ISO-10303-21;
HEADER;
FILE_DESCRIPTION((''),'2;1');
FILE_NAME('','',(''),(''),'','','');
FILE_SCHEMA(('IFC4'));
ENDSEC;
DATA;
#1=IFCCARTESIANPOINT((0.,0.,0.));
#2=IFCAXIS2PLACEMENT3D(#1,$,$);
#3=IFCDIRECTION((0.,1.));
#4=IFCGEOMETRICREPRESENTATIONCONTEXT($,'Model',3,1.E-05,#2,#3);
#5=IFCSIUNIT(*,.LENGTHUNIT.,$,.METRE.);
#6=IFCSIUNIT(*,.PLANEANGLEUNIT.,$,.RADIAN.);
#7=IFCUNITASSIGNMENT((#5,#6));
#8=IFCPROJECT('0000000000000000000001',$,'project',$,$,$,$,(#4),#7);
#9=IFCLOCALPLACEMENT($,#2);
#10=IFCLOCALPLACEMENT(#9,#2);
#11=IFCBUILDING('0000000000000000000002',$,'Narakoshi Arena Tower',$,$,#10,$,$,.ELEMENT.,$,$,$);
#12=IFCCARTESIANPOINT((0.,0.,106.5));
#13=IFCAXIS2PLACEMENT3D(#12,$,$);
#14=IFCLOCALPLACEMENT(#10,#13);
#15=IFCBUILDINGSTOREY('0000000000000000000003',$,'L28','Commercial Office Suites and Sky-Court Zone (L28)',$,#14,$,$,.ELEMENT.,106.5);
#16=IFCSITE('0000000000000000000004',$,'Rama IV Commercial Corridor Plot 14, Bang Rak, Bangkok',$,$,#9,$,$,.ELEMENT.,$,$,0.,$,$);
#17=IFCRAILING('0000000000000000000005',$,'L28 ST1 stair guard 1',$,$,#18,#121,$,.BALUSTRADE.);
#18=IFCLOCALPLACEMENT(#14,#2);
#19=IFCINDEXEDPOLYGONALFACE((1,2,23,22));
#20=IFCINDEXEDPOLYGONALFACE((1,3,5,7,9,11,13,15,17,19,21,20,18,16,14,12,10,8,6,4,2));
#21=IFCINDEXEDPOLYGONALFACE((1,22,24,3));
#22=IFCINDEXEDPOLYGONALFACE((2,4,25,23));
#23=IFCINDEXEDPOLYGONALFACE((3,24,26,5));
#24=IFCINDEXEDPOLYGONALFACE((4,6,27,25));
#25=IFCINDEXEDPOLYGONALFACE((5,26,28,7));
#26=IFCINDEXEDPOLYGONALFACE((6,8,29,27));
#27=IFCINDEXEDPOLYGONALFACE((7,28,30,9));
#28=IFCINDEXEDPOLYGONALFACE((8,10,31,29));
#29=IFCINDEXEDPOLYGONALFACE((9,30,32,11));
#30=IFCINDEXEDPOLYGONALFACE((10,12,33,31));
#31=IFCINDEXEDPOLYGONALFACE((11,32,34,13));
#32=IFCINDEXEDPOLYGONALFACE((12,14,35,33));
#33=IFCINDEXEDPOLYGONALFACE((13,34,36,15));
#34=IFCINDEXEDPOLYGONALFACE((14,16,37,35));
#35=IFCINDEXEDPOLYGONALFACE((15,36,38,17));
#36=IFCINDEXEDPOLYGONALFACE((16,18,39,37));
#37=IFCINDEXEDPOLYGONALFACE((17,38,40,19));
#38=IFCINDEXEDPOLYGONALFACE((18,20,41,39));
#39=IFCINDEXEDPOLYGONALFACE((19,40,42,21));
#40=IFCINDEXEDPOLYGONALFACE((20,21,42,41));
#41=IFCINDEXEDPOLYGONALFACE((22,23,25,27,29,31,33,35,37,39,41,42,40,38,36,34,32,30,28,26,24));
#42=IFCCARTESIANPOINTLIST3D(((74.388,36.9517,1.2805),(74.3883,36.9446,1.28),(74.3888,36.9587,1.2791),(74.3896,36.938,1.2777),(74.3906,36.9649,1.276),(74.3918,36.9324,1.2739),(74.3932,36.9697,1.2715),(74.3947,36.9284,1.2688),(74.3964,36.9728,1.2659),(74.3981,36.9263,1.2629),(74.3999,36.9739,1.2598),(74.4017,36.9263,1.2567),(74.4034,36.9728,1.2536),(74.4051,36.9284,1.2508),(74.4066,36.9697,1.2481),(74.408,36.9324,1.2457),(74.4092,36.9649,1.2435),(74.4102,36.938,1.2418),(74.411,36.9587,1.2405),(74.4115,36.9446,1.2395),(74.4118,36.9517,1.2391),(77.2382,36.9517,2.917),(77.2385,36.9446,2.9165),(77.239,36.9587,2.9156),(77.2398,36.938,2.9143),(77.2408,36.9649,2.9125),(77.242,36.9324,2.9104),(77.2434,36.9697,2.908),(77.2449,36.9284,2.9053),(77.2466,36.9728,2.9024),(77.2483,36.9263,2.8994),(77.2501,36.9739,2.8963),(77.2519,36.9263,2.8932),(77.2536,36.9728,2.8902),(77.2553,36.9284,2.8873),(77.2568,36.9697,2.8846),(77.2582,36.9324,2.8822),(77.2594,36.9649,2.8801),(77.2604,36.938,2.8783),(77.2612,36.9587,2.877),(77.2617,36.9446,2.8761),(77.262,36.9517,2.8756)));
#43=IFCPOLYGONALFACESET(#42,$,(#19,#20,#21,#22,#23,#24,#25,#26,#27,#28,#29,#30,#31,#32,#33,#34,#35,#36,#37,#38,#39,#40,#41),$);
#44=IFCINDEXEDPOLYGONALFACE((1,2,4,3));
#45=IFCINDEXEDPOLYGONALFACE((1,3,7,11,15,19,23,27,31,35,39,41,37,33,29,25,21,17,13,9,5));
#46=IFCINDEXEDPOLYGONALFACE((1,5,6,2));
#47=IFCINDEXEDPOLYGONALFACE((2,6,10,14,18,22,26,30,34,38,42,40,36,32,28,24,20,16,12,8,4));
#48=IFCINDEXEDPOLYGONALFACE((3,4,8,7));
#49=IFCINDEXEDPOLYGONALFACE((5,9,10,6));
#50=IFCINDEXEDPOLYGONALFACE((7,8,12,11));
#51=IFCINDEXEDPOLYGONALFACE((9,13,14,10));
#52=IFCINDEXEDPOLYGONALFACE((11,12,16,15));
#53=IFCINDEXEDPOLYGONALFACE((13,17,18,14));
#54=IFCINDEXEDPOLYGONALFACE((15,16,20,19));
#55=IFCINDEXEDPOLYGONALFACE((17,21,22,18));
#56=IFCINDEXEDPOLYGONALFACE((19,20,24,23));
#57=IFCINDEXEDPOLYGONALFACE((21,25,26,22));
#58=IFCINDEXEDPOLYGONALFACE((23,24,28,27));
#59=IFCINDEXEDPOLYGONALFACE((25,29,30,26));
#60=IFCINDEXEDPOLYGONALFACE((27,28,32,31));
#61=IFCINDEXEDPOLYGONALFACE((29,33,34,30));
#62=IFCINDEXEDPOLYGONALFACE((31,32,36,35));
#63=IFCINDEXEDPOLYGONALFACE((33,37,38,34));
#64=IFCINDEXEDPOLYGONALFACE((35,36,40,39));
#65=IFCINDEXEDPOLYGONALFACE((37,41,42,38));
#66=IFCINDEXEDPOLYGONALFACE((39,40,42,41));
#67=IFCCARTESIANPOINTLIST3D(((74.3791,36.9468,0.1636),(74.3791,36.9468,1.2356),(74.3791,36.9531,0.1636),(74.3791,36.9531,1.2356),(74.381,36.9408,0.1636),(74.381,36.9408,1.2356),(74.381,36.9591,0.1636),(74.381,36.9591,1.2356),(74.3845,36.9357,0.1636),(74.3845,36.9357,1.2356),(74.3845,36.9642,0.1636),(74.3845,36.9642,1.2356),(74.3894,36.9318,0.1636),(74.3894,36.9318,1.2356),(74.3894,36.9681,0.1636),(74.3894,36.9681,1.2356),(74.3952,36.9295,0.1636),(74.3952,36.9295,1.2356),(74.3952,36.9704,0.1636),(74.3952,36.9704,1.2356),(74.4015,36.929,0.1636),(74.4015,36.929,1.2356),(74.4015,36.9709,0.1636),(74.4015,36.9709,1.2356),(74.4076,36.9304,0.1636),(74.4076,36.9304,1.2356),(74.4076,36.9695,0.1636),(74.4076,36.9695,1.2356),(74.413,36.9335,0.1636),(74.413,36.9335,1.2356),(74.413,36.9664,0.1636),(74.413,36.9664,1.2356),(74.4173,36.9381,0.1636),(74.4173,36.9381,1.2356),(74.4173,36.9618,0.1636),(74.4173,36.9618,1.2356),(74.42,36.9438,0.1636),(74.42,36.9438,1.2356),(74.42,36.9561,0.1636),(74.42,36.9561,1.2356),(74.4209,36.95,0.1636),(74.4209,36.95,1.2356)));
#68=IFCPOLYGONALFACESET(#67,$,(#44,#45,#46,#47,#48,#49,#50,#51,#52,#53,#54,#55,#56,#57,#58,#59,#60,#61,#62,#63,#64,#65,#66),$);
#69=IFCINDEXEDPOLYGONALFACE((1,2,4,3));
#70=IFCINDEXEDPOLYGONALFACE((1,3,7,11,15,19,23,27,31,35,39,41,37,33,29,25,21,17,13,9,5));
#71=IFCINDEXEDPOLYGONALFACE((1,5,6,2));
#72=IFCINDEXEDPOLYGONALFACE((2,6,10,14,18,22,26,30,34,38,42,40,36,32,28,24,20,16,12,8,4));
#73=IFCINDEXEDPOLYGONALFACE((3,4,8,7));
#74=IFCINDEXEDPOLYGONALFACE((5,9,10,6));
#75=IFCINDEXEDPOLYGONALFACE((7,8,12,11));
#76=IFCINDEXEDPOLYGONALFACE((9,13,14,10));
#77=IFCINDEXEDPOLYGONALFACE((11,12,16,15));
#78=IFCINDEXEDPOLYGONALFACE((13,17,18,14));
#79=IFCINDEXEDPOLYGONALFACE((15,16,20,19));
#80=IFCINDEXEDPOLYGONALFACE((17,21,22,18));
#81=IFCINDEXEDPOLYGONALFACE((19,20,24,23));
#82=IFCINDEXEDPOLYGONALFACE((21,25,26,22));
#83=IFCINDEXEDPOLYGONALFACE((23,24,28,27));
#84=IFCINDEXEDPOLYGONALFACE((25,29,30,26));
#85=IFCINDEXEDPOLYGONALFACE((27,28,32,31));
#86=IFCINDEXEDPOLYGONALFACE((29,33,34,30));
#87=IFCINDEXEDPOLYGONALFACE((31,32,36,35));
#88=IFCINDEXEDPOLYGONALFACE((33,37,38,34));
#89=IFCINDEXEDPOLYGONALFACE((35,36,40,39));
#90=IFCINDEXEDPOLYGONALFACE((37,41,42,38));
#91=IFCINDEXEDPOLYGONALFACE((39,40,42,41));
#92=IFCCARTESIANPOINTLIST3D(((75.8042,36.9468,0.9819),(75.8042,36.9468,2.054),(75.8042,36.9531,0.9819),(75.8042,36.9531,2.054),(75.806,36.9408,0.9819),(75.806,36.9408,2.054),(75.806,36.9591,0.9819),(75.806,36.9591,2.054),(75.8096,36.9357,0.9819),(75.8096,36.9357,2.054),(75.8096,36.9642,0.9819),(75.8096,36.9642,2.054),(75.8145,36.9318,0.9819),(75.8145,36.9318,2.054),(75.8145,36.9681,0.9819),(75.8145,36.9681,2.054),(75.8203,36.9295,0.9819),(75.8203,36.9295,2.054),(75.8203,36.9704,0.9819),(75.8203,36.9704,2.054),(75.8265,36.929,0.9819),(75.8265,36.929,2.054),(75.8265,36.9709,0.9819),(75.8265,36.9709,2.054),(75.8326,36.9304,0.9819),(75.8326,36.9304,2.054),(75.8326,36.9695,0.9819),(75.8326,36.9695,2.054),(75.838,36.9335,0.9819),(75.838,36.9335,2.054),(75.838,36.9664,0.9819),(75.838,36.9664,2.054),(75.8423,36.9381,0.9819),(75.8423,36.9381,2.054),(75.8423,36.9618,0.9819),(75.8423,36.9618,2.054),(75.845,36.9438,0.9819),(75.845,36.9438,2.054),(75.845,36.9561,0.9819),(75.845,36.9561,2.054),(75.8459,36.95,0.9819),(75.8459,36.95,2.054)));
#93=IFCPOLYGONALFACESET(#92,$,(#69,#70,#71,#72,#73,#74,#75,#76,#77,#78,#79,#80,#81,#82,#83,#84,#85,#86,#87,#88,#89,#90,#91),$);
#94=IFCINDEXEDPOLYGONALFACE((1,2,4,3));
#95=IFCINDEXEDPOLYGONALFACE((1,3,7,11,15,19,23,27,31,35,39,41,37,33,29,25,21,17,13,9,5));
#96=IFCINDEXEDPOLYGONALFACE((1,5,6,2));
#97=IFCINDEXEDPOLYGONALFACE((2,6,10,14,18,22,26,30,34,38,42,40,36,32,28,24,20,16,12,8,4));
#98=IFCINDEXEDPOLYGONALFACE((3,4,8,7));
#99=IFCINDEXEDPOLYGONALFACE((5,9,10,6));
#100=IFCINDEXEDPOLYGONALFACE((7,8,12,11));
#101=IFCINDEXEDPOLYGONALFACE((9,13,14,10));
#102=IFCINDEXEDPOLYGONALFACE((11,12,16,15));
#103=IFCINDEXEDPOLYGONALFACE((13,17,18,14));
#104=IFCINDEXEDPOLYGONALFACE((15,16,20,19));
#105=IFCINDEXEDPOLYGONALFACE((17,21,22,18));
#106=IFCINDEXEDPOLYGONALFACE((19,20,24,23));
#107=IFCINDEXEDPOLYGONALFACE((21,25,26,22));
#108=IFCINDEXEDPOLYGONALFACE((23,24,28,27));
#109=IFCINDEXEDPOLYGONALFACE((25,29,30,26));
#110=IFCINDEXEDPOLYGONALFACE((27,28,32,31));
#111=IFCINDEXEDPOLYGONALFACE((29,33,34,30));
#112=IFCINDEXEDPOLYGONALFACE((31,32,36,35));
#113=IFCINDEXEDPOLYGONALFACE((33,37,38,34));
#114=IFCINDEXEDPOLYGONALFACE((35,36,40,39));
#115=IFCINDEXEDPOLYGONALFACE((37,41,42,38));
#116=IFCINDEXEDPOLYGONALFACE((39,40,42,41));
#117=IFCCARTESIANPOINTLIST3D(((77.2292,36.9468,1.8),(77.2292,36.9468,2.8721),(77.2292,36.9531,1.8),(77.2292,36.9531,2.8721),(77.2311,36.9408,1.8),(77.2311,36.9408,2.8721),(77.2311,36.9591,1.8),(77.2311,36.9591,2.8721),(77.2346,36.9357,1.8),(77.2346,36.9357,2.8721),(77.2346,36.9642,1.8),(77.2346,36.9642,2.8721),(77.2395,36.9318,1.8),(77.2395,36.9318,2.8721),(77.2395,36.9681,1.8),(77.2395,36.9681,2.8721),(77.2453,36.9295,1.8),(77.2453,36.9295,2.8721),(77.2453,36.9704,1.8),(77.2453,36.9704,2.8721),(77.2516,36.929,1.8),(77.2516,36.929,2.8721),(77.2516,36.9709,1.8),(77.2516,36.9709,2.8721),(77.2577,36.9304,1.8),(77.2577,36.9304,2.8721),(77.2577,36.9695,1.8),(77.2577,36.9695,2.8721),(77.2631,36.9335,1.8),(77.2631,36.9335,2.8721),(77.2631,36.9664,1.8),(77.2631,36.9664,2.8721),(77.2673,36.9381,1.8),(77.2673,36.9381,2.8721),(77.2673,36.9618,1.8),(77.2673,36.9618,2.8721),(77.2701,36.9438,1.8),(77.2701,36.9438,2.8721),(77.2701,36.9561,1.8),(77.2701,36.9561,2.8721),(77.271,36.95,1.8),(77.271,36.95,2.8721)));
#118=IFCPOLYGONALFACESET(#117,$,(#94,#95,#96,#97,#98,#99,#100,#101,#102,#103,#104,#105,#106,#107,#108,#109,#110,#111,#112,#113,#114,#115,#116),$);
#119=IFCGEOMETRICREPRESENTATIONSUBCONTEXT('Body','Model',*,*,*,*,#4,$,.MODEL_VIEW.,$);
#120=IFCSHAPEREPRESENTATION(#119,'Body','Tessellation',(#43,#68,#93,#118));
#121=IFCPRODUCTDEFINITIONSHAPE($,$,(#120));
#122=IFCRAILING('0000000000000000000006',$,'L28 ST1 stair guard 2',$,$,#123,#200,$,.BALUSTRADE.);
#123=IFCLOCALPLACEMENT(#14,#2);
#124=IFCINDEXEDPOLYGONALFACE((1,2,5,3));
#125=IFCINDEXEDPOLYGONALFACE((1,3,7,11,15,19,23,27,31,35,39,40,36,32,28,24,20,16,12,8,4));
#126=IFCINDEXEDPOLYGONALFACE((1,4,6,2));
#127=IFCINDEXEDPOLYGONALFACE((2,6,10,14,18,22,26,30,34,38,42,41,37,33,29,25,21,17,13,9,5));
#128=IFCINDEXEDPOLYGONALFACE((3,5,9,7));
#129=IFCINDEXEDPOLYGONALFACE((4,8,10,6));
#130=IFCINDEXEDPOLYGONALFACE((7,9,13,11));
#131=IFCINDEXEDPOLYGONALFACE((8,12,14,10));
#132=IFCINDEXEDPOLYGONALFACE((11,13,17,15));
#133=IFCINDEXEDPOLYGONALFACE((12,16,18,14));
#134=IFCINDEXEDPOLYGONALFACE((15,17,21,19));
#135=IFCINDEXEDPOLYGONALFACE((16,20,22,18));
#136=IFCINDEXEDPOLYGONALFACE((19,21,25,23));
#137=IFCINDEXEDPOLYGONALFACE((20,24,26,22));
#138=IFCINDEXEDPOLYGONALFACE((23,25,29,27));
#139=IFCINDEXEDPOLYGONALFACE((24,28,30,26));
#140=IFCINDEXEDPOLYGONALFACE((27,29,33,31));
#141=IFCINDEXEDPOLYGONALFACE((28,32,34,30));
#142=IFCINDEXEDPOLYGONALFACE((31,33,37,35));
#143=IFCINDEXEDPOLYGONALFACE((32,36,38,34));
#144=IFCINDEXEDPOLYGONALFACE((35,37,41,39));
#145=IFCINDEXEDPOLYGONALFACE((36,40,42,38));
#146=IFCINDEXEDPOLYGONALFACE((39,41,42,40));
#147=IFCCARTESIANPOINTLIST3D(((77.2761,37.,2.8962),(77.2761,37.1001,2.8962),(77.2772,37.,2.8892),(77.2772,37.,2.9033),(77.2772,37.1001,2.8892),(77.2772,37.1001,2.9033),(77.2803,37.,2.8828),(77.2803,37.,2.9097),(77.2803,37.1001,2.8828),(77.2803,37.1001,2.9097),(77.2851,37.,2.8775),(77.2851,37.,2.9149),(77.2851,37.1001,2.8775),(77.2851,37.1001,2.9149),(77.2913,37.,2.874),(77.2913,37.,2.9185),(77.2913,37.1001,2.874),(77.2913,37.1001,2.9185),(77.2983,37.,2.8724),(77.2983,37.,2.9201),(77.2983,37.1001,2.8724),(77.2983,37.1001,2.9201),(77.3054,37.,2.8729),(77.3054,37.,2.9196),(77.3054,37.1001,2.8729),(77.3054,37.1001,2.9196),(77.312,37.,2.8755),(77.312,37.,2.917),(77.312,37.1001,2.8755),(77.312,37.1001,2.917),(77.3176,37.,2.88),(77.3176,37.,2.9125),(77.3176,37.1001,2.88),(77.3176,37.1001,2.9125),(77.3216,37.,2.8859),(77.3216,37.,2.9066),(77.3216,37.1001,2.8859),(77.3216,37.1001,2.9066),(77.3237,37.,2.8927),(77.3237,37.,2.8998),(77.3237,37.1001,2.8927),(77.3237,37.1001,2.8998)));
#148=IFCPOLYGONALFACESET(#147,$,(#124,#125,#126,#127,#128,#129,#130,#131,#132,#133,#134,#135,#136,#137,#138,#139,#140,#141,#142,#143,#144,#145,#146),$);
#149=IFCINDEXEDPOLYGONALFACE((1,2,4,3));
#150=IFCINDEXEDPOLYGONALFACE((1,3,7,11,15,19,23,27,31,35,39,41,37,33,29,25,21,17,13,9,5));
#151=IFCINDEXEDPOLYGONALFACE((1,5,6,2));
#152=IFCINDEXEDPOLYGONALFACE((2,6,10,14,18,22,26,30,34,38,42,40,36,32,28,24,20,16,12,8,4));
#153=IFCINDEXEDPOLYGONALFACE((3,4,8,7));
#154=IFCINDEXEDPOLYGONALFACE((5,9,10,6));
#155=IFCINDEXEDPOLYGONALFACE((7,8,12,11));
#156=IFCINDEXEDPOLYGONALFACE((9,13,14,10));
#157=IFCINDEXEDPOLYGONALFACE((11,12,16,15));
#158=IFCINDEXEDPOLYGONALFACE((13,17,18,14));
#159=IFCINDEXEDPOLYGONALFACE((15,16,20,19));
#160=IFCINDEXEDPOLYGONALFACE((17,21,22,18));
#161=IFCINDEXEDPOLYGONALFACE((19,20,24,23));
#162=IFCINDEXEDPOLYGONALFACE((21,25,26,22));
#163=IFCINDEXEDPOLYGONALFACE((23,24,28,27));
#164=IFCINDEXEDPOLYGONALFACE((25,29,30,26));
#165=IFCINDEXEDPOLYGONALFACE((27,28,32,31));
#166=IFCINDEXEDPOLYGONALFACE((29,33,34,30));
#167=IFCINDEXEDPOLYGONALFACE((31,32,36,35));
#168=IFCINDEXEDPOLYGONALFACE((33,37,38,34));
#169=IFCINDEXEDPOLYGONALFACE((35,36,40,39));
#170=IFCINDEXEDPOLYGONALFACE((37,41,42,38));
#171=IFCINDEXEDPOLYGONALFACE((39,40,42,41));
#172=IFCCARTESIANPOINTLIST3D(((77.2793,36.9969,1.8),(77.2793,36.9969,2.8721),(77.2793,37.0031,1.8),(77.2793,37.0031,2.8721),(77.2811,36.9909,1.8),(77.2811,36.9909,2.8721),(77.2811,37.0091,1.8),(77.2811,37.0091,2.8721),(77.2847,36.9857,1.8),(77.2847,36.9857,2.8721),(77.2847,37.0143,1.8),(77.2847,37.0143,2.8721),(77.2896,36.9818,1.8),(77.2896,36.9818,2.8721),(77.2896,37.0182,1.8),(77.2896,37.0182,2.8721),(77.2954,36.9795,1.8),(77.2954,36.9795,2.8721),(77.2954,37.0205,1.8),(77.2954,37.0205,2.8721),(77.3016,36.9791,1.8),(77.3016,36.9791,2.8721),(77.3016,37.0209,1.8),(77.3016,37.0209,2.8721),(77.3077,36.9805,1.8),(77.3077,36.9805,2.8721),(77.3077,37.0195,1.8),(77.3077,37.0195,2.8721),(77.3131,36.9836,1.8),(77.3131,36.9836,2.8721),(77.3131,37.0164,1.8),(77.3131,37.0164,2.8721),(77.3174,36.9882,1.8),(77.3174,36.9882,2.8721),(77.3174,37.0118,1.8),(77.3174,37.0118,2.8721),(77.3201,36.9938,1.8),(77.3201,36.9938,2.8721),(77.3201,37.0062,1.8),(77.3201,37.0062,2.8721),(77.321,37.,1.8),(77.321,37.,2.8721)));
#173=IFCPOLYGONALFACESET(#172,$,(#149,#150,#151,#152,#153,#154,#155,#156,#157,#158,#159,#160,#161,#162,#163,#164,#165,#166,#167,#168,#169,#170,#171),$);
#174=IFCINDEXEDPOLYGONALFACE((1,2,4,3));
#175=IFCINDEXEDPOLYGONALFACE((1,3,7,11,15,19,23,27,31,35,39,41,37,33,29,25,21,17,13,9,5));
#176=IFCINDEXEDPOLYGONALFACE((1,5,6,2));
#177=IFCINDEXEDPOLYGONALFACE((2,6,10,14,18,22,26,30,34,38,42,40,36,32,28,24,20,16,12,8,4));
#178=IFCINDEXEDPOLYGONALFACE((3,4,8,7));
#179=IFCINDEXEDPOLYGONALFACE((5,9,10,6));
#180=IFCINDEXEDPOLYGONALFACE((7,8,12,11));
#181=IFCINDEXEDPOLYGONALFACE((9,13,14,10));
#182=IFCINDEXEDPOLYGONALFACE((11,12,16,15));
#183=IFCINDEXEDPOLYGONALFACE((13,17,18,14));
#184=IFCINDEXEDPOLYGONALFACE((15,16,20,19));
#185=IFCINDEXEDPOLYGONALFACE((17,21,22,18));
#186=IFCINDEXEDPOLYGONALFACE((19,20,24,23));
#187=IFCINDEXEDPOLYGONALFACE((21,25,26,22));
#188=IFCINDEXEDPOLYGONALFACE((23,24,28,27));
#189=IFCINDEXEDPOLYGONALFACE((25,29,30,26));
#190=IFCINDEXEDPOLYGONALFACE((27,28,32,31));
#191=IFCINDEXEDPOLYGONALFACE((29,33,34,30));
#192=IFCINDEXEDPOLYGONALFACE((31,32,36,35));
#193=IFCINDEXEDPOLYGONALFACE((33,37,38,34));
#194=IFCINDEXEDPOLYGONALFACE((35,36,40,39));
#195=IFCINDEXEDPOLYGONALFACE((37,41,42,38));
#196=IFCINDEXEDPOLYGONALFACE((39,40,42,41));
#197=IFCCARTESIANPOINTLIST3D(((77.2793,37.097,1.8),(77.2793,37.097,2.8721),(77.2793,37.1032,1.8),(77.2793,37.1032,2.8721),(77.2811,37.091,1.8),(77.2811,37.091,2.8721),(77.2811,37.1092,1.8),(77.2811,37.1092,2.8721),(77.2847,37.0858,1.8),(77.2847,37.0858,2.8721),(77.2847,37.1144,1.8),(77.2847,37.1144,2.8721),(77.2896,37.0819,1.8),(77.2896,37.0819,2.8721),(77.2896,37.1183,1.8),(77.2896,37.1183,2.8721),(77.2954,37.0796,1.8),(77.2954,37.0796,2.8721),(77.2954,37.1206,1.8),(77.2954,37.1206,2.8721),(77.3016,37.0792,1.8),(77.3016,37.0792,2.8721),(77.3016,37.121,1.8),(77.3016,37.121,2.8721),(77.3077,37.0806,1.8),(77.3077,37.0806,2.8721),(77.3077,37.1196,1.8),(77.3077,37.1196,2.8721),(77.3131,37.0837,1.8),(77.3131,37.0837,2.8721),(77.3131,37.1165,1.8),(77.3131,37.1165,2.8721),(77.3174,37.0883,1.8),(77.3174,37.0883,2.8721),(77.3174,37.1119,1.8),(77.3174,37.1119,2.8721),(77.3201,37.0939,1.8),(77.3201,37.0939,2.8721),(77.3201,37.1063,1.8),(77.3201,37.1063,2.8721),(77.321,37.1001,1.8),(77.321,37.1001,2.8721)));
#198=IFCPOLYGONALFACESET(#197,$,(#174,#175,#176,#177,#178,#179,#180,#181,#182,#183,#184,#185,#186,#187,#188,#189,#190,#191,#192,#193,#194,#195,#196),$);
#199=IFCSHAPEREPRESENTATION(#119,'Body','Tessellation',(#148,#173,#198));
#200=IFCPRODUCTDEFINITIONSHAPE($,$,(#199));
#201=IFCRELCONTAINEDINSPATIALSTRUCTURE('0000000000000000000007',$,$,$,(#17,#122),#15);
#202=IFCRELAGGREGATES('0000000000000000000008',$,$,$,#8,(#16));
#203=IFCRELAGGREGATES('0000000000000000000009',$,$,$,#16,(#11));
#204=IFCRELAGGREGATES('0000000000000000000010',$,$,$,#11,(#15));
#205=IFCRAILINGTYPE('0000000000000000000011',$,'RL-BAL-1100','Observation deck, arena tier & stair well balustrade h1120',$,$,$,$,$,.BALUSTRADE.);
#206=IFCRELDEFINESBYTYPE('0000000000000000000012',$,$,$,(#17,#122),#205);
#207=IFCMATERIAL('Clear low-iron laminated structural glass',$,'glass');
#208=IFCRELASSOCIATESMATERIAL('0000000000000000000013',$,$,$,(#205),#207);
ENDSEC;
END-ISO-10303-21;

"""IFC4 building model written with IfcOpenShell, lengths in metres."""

from ifc_helpers import new_model, si_unit, direction, frame, origin, origin_2d, place, context, subcontext, project, spatial, circle, extrude, material, type_object, element, save


model = new_model("IFC4")

# Units and contexts
model_context = context("Model", 3, precision=1e-05, world=origin(), true_north=direction((0.0, 1.0)))
body_context = subcontext(model_context, "Body", "Model", "MODEL_VIEW")
ifc_project = project(units=[si_unit("LENGTHUNIT", "METRE"), si_unit("PLANEANGLEUNIT", "RADIAN")], contexts=[model_context])

# Site, building, storey
site_placement = place(None, origin())
site = spatial("IfcSite", under=ifc_project, at=site_placement, Name="Rama IV Commercial Corridor Plot 14, Bang Rak, Bangkok", CompositionType="ELEMENT", RefElevation=0.0)
building_placement = place(site_placement, origin())
building = spatial("IfcBuilding", under=site, at=building_placement, Name="Narakoshi Arena Tower", CompositionType="ELEMENT")
storey_placement = place(building_placement, frame((0.0, 0.0, 106.5)))
storey = spatial("IfcBuildingStorey", under=building, at=storey_placement, Name="L28", Description="Commercial Office Suites and Sky-Court Zone (L28)", CompositionType="ELEMENT", Elevation=106.5)

# Railings
ifc_material_1 = material(Name="Clear low-iron laminated structural glass", Category="glass")
railing_type_1 = type_object("IfcRailingType", Name="RL-BAL-1100", Description="Observation deck, arena tier & stair well balustrade h1120", PredefinedType="BALUSTRADE", material=ifc_material_1)
railing_1_placement = place(storey_placement, frame((74.3999, 36.95, 0.1636)))
element("IfcRailing", 1, at=railing_1_placement, inside=storey, type_object=railing_type_1, Name="L28 ST1 stair guard 1", PredefinedType="BALUSTRADE", context=body_context, shape_type="SweptSolid", body=[
    extrude(circle(Radius=0.0239, at=origin_2d()), frame((0.0, 0.0, 1.0962), z_axis=(0.867213, 0.0, 0.497938), x_axis=(0.0, 1.0, 0.0)), (0.0, 0.0, 1.0), 3.2866),
    extrude(circle(Radius=0.021, at=origin_2d()), origin(), (0.0, 0.0, 1.0), 1.072),
    extrude(circle(Radius=0.021, at=origin_2d()), frame((1.425, 0.0, 0.8184)), (0.0, 0.0, 1.0), 1.072),
    extrude(circle(Radius=0.021, at=origin_2d()), frame((2.8501, 0.0, 1.6365)), (0.0, 0.0, 1.0), 1.072),
])
railing_2_placement = place(storey_placement, frame((77.3, 37.0, 1.8)))
element("IfcRailing", 2, at=railing_2_placement, inside=storey, type_object=railing_type_1, Name="L28 ST1 stair guard 2", PredefinedType="BALUSTRADE", context=body_context, shape_type="SweptSolid", body=[
    extrude(circle(Radius=0.0239, at=origin_2d()), frame((0.0, 0.0, 1.0962), z_axis=(0.0, 1.0, 0.0), x_axis=(-1.0, 0.0, 0.0)), (0.0, 0.0, 1.0), 0.1001),
    extrude(circle(Radius=0.021, at=origin_2d()), origin(), (0.0, 0.0, 1.0), 1.072),
    extrude(circle(Radius=0.021, at=origin_2d()), frame((0.0, 0.1001, 0.0)), (0.0, 0.0, 1.0), 1.072),
])

save(model, "model.ifc")
